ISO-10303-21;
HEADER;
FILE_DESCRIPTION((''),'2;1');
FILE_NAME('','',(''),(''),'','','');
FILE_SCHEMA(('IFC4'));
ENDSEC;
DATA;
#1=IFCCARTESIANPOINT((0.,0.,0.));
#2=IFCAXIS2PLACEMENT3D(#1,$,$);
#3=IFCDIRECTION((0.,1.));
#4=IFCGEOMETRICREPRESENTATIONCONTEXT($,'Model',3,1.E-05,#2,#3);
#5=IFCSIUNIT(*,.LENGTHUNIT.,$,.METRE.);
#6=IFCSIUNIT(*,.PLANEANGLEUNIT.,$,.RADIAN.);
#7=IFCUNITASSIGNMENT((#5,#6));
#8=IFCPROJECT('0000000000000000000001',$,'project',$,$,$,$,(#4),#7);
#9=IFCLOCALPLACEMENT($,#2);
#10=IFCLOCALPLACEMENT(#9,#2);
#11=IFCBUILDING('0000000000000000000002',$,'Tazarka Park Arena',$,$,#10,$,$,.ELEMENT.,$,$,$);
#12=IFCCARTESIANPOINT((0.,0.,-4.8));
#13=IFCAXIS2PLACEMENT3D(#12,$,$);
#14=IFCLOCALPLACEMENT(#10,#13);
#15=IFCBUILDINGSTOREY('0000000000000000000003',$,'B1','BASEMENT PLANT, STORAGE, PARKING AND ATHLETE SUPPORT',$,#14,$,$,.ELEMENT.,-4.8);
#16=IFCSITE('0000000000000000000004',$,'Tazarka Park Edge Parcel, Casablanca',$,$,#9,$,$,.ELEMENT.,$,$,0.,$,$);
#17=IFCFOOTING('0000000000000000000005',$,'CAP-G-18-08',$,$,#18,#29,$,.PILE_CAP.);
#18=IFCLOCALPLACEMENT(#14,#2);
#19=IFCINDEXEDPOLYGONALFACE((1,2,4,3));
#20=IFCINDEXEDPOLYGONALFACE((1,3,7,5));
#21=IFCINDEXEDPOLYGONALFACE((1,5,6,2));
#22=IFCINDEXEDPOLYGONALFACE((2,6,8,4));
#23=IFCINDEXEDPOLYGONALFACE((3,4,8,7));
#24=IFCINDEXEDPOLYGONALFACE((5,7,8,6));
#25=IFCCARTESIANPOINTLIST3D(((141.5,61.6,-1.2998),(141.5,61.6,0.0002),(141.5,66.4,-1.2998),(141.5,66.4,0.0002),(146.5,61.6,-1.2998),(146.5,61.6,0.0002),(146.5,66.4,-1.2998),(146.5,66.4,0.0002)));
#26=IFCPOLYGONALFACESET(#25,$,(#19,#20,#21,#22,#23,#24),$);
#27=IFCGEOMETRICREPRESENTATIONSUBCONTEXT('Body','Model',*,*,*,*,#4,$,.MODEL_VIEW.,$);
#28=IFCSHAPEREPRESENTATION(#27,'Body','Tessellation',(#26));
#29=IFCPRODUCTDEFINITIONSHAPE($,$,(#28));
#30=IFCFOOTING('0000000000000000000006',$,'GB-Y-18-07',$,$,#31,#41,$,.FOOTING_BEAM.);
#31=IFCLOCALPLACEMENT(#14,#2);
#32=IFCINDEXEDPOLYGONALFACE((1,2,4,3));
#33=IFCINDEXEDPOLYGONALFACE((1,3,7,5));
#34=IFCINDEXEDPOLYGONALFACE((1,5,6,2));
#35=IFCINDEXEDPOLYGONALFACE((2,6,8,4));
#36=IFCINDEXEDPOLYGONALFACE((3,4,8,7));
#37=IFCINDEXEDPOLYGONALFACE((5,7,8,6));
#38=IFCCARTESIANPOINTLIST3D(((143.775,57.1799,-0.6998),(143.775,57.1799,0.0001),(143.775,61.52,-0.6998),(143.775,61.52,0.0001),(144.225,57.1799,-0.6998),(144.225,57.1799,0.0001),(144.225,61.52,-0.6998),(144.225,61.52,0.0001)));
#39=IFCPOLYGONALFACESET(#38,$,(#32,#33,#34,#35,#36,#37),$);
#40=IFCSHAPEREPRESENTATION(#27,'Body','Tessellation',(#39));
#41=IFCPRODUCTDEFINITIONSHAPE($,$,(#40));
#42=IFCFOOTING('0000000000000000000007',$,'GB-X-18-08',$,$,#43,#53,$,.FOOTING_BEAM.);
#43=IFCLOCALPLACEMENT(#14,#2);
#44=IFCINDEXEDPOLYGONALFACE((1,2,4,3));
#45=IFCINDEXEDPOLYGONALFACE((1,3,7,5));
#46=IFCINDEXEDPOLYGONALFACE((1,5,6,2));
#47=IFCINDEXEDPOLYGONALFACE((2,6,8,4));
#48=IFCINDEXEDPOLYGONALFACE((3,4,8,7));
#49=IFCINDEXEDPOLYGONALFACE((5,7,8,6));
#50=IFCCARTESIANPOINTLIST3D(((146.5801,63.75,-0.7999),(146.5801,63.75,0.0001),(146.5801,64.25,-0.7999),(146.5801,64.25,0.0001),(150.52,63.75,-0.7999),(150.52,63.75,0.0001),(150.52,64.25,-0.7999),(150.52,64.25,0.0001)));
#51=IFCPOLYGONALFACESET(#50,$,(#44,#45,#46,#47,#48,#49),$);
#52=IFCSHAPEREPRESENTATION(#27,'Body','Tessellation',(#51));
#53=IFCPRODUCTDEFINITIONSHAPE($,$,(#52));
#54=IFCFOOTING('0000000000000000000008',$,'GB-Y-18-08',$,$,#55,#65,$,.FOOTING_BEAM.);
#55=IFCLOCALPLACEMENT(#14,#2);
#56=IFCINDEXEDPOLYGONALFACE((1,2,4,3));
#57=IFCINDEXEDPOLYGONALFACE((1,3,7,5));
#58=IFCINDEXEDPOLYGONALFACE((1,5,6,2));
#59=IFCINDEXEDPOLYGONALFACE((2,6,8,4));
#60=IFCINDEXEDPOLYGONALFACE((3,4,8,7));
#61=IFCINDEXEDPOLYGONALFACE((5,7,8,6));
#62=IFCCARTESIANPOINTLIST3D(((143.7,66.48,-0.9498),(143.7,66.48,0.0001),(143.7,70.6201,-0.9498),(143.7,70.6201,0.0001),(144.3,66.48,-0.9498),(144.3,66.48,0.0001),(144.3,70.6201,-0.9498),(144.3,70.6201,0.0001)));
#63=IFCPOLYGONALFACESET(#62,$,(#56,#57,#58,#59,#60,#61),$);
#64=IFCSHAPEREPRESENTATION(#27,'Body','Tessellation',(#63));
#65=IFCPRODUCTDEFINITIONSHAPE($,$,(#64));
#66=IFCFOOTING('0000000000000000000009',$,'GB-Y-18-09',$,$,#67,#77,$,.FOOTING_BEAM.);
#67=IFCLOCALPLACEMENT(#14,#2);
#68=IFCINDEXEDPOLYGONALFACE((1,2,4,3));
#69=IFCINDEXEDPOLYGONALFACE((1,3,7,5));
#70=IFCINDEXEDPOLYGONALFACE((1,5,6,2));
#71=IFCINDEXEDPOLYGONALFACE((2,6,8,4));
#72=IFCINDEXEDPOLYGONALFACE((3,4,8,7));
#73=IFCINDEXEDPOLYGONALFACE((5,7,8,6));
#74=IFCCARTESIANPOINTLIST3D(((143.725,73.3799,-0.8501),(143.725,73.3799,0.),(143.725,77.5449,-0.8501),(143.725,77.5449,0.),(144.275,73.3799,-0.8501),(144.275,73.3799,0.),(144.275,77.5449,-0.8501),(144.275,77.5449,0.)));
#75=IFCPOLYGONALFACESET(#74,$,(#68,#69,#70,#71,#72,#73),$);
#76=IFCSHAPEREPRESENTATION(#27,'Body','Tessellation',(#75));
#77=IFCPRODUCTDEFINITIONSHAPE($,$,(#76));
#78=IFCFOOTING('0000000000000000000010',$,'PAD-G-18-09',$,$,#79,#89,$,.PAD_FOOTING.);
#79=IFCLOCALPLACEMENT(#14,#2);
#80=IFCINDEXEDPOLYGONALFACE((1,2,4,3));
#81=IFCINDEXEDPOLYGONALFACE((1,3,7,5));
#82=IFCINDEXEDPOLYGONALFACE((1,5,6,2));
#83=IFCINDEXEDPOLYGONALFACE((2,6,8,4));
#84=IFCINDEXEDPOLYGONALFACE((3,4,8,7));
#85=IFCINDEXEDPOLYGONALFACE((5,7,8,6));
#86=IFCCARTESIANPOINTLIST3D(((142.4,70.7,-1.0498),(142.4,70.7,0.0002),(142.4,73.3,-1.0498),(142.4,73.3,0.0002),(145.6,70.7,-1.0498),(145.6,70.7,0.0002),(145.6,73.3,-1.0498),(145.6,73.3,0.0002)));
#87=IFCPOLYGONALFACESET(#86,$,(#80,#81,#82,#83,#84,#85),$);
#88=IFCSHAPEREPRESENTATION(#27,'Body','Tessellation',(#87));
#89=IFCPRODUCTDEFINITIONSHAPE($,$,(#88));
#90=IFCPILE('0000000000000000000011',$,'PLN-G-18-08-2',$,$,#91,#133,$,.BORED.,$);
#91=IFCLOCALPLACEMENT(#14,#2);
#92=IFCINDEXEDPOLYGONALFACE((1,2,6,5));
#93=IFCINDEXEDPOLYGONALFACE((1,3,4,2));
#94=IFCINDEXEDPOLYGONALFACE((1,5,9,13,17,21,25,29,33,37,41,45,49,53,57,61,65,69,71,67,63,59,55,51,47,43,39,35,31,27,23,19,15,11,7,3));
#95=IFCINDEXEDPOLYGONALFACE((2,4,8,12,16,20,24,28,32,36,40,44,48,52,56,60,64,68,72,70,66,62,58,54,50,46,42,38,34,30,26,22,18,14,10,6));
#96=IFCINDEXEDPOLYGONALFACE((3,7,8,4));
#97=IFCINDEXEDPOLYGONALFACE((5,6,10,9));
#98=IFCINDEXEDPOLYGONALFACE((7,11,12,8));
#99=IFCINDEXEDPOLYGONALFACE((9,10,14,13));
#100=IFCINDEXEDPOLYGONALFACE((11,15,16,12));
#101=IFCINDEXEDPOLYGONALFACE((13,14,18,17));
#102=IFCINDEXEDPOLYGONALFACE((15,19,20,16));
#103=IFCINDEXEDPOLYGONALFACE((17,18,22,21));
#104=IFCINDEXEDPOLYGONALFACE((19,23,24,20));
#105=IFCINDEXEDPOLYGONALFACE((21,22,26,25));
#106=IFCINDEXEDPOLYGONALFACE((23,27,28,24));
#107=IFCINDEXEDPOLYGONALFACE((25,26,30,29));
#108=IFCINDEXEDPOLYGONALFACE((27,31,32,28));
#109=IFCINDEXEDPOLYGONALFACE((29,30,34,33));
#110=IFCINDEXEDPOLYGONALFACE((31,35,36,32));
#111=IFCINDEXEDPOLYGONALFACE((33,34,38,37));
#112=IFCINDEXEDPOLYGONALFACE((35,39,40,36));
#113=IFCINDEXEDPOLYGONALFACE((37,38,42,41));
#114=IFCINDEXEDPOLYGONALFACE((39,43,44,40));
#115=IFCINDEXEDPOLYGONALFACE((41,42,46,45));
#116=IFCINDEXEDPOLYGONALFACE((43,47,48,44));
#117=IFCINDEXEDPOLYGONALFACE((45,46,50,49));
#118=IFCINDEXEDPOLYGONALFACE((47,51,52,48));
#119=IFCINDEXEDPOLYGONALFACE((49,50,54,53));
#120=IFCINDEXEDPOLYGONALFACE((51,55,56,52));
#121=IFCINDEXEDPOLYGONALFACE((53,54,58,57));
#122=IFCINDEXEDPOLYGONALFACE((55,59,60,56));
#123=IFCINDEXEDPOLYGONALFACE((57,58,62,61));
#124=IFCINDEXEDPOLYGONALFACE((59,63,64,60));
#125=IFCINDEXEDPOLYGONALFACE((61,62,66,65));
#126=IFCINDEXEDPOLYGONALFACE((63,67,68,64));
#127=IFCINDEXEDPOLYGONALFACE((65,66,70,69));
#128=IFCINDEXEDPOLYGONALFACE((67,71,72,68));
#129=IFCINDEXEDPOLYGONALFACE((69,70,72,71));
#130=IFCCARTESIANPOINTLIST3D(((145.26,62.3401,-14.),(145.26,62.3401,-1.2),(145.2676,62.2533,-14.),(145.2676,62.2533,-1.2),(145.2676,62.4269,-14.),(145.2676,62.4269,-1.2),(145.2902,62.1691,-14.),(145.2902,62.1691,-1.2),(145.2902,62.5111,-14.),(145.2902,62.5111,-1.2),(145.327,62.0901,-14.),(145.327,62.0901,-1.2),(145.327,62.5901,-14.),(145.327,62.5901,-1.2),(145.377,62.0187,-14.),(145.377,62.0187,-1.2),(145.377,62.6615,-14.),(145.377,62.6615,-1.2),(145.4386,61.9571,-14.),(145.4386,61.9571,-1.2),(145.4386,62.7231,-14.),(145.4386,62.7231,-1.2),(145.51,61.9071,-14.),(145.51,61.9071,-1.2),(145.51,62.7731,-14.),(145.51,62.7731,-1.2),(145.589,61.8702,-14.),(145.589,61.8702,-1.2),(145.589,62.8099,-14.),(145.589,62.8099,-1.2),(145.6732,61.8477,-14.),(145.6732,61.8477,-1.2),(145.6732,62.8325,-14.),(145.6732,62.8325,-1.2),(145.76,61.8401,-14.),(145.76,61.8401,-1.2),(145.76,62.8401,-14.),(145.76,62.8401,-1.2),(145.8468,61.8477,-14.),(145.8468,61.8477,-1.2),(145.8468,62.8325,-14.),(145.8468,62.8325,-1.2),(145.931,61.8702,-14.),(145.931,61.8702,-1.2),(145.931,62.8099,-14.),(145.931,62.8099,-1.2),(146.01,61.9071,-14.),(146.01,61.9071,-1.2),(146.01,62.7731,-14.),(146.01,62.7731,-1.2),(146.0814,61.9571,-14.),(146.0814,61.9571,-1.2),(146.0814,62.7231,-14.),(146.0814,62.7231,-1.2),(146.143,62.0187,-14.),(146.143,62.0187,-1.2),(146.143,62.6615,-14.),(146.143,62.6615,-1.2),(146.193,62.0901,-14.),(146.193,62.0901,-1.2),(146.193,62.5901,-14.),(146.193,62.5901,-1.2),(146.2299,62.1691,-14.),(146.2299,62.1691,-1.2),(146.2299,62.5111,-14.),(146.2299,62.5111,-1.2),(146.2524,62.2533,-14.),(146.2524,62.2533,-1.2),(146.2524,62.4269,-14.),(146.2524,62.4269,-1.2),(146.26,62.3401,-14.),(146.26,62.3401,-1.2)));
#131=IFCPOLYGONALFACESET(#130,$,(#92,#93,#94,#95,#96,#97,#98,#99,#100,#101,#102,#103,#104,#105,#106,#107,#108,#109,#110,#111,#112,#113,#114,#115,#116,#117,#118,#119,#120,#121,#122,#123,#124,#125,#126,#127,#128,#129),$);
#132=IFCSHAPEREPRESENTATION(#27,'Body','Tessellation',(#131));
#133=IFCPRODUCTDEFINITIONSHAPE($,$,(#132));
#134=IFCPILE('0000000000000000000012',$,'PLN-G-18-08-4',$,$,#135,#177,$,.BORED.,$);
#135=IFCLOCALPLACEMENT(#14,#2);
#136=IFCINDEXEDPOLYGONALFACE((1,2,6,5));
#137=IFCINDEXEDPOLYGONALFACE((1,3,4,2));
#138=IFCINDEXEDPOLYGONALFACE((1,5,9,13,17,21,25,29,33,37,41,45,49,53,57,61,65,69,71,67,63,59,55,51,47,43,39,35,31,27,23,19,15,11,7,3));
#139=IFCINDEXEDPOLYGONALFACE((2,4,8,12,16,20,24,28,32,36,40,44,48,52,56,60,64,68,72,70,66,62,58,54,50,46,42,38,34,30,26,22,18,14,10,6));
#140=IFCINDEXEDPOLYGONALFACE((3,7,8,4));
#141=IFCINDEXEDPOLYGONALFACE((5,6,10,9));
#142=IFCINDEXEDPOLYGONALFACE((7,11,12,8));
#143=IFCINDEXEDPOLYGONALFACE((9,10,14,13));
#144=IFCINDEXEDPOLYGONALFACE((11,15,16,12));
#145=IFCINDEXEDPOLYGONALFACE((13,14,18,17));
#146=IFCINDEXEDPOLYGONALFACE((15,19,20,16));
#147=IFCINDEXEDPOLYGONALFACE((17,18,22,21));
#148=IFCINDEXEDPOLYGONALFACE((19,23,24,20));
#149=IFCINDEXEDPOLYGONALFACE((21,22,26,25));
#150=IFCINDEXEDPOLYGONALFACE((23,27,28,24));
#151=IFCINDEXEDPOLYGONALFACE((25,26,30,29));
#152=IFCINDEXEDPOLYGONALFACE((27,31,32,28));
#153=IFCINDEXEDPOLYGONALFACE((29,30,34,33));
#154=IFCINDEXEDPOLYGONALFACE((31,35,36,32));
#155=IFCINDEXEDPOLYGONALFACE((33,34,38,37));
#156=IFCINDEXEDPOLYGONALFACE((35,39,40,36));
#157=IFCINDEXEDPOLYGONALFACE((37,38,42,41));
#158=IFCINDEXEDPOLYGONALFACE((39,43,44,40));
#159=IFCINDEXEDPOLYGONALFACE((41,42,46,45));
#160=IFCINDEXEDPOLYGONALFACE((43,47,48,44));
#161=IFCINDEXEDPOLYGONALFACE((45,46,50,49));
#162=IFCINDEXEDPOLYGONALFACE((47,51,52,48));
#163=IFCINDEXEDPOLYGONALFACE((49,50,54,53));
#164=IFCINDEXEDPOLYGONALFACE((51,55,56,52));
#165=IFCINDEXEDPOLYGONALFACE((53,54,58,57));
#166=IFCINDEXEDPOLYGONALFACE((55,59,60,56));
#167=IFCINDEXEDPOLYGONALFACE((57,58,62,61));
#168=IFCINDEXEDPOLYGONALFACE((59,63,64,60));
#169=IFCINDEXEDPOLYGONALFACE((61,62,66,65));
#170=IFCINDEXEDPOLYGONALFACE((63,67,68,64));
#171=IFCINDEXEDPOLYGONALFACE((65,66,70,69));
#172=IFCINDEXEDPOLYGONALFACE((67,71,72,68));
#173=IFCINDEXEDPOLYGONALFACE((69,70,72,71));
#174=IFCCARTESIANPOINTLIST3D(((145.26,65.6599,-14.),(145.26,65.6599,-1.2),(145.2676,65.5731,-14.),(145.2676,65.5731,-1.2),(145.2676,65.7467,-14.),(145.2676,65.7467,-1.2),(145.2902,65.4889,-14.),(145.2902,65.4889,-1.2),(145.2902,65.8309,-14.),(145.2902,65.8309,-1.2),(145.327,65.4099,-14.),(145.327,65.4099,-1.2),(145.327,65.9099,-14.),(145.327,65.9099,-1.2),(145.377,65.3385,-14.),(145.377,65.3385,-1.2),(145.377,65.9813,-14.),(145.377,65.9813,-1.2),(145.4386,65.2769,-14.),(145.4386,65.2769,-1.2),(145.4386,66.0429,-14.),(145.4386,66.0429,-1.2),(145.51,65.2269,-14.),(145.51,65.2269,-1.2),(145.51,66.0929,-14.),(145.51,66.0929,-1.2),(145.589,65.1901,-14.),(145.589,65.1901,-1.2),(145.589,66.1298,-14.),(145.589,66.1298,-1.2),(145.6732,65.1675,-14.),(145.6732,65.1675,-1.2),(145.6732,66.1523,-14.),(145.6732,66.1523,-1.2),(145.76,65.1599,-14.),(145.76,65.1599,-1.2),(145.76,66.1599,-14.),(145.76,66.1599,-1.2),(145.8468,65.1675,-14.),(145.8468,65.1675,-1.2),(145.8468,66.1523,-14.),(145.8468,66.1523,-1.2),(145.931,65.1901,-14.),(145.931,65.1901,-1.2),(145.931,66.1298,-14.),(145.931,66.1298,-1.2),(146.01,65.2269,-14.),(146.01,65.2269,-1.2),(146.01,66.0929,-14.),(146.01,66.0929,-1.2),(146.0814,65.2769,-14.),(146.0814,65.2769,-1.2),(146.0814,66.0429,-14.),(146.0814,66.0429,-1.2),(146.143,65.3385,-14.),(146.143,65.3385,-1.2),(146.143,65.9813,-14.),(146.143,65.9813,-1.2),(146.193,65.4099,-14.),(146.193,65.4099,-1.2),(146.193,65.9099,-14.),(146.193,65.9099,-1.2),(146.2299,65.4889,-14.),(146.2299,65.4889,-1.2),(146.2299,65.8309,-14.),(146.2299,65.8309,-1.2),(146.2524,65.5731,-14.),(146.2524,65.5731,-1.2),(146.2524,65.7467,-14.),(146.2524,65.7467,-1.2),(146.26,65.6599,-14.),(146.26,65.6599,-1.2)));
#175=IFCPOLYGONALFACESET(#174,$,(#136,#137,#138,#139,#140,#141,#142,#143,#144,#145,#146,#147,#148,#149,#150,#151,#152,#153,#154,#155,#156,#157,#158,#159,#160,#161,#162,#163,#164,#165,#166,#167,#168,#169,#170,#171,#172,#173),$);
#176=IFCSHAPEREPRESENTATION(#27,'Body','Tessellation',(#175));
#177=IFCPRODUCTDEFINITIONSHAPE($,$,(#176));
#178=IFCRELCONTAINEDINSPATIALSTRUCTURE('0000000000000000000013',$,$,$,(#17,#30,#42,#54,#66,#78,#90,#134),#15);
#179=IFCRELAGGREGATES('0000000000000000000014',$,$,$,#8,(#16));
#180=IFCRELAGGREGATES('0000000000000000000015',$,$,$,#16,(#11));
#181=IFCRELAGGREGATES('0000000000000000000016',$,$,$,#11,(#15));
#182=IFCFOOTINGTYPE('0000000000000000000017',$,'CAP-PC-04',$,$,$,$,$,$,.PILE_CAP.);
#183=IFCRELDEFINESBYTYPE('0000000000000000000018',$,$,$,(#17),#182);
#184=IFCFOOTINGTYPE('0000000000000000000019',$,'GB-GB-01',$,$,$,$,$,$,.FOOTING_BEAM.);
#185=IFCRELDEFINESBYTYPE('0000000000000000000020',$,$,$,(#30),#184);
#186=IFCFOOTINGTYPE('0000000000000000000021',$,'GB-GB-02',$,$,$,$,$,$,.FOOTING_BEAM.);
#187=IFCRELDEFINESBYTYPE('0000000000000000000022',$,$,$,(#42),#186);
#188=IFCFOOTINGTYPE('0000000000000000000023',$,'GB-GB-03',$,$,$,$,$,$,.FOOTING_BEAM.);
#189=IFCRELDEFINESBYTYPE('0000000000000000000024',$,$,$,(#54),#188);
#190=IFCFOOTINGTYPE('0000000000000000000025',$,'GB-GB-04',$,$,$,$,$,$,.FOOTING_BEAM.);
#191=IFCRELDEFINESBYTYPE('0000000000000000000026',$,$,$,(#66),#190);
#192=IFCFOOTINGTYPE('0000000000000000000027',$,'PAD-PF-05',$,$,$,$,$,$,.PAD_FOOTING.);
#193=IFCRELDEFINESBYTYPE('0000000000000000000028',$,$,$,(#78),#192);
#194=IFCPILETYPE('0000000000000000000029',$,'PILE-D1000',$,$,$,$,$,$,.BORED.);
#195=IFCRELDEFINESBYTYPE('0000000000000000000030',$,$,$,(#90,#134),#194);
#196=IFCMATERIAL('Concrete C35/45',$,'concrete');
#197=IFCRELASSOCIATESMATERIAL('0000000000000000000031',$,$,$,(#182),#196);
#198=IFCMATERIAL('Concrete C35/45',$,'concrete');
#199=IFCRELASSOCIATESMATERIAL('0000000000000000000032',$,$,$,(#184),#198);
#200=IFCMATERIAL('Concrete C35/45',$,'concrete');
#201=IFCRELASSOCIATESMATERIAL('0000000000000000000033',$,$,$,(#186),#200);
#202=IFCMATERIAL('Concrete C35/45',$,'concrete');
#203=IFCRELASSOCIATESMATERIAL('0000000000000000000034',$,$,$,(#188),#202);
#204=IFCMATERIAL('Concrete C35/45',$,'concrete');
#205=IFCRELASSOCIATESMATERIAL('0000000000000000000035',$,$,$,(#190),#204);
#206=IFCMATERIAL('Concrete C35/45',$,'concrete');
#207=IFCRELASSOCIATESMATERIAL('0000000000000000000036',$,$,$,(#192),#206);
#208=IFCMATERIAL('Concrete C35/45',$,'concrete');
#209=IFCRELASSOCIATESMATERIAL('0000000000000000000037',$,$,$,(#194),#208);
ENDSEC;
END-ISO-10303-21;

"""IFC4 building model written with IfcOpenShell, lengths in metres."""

from ifc_helpers import new_model, si_unit, direction, frame, origin, origin_2d, place, context, subcontext, project, spatial, rectangle, circle, extrude, material, material_profile, profile_set, type_object, element, save


model = new_model("IFC4")

# Units and contexts
model_context = context("Model", 3, precision=1e-05, world=origin(), true_north=direction((0.0, 1.0)))
body_context = subcontext(model_context, "Body", "Model", "MODEL_VIEW")
ifc_project = project(units=[si_unit("LENGTHUNIT", "METRE"), si_unit("PLANEANGLEUNIT", "RADIAN")], contexts=[model_context])

# Site, building, storey
site_placement = place(None, origin())
site = spatial("IfcSite", under=ifc_project, at=site_placement, Name="Tazarka Park Edge Parcel, Casablanca", CompositionType="ELEMENT", RefElevation=0.0)
building_placement = place(site_placement, origin())
building = spatial("IfcBuilding", under=site, at=building_placement, Name="Tazarka Park Arena", CompositionType="ELEMENT")
storey_placement = place(building_placement, frame((0.0, 0.0, -4.8)))
storey = spatial("IfcBuildingStorey", under=building, at=storey_placement, Name="B1", Description="BASEMENT PLANT, STORAGE, PARKING AND ATHLETE SUPPORT", CompositionType="ELEMENT", Elevation=-4.8)

# Footings
ifc_material_1 = material(Name="Concrete C35/45", Category="concrete")
footing_type_1 = type_object("IfcFootingType", Name="CAP-PC-04", PredefinedType="PILE_CAP", material=ifc_material_1)
footing_1_placement = place(storey_placement, frame((144.0, 64.0, -1.2998), z_axis=(0.0, 0.0, 1.0), x_axis=(1.0, 0.0, 0.0)))
element("IfcFooting", 1, at=footing_1_placement, inside=storey, type_object=footing_type_1, Name="CAP-G-18-08", PredefinedType="PILE_CAP", context=body_context, shape_type="SweptSolid", body=[
    extrude(rectangle(XDim=5.0, YDim=4.8, at=origin_2d()), origin(), (0.0, 0.0, 1.0), 1.3),
])
ifc_material_2 = material(Name="Concrete C35/45", Category="concrete")
ifc_material_profile_1 = material_profile(ifc_material_2, rectangle(XDim=0.45, YDim=0.7, at=origin_2d()), Name="Concrete C35/45")
ifc_profile_set_1 = profile_set([ifc_material_profile_1], Name="Concrete C35/45")
footing_type_2 = type_object("IfcFootingType", Name="GB-GB-01", PredefinedType="FOOTING_BEAM", material=ifc_profile_set_1)
footing_2_placement = place(storey_placement, frame((144.0, 57.1799, -0.3499), z_axis=(0.0, 1.0, 0.0), x_axis=(-1.0, 0.0, 0.0)))
element("IfcFooting", 2, at=footing_2_placement, inside=storey, type_object=footing_type_2, Name="GB-Y-18-07", PredefinedType="FOOTING_BEAM", context=body_context, shape_type="SweptSolid", body=[
    extrude(rectangle(XDim=0.45, YDim=0.7, at=origin_2d()), origin(), (0.0, 0.0, 1.0), 4.3401),
])
ifc_material_3 = material(Name="Concrete C35/45", Category="concrete")
ifc_material_profile_2 = material_profile(ifc_material_3, rectangle(XDim=0.5, YDim=0.8, at=origin_2d()), Name="Concrete C35/45")
ifc_profile_set_2 = profile_set([ifc_material_profile_2], Name="Concrete C35/45")
footing_type_3 = type_object("IfcFootingType", Name="GB-GB-02", PredefinedType="FOOTING_BEAM", material=ifc_profile_set_2)
footing_3_placement = place(storey_placement, frame((146.5801, 64.0, -0.3999), z_axis=(1.0, 0.0, 0.0), x_axis=(0.0, 1.0, 0.0)))
element("IfcFooting", 3, at=footing_3_placement, inside=storey, type_object=footing_type_3, Name="GB-X-18-08", PredefinedType="FOOTING_BEAM", context=body_context, shape_type="SweptSolid", body=[
    extrude(rectangle(XDim=0.5, YDim=0.8, at=origin_2d()), origin(), (0.0, 0.0, 1.0), 3.9399),
])
ifc_material_4 = material(Name="Concrete C35/45", Category="concrete")
ifc_material_profile_3 = material_profile(ifc_material_4, rectangle(XDim=0.6001, YDim=0.95, at=origin_2d()), Name="Concrete C35/45")
ifc_profile_set_3 = profile_set([ifc_material_profile_3], Name="Concrete C35/45")
footing_type_4 = type_object("IfcFootingType", Name="GB-GB-03", PredefinedType="FOOTING_BEAM", material=ifc_profile_set_3)
footing_4_placement = place(storey_placement, frame((144.0, 66.48, -0.4749), z_axis=(0.0, 1.0, 0.0), x_axis=(-1.0, 0.0, 0.0)))
element("IfcFooting", 4, at=footing_4_placement, inside=storey, type_object=footing_type_4, Name="GB-Y-18-08", PredefinedType="FOOTING_BEAM", context=body_context, shape_type="SweptSolid", body=[
    extrude(rectangle(XDim=0.6001, YDim=0.95, at=origin_2d()), origin(), (0.0, 0.0, 1.0), 4.1401),
])
ifc_material_5 = material(Name="Concrete C35/45", Category="concrete")
ifc_material_profile_4 = material_profile(ifc_material_5, rectangle(XDim=0.55, YDim=0.8501, at=origin_2d()), Name="Concrete C35/45")
ifc_profile_set_4 = profile_set([ifc_material_profile_4], Name="Concrete C35/45")
footing_type_5 = type_object("IfcFootingType", Name="GB-GB-04", PredefinedType="FOOTING_BEAM", material=ifc_profile_set_4)
footing_5_placement = place(storey_placement, frame((144.0, 73.3799, -0.425), z_axis=(0.0, 1.0, 0.0), x_axis=(-1.0, 0.0, 0.0)))
element("IfcFooting", 5, at=footing_5_placement, inside=storey, type_object=footing_type_5, Name="GB-Y-18-09", PredefinedType="FOOTING_BEAM", context=body_context, shape_type="SweptSolid", body=[
    extrude(rectangle(XDim=0.55, YDim=0.8501, at=origin_2d()), origin(), (0.0, 0.0, 1.0), 4.165),
])
ifc_material_6 = material(Name="Concrete C35/45", Category="concrete")
footing_type_6 = type_object("IfcFootingType", Name="PAD-PF-05", PredefinedType="PAD_FOOTING", material=ifc_material_6)
footing_6_placement = place(storey_placement, frame((144.0, 72.0, -1.0498), z_axis=(0.0, 0.0, 1.0), x_axis=(1.0, 0.0, 0.0)))
element("IfcFooting", 6, at=footing_6_placement, inside=storey, type_object=footing_type_6, Name="PAD-G-18-09", PredefinedType="PAD_FOOTING", context=body_context, shape_type="SweptSolid", body=[
    extrude(rectangle(XDim=3.2, YDim=2.6001, at=origin_2d()), origin(), (0.0, 0.0, 1.0), 1.05),
])

# Piles
ifc_material_7 = material(Name="Concrete C35/45", Category="concrete")
ifc_material_profile_5 = material_profile(ifc_material_7, circle(Radius=0.5, at=origin_2d()), Name="Concrete C35/45")
ifc_profile_set_5 = profile_set([ifc_material_profile_5], Name="Concrete C35/45")
pile_type = type_object("IfcPileType", Name="PILE-D1000", PredefinedType="BORED", material=ifc_profile_set_5)
for number, where, z_axis, x_axis, name in (
    (7, (145.76, 62.3401, -1.2), (0.0, 0.0, -1.0), (1.0, 0.0, 0.0), "PLN-G-18-08-2"),
    (8, (145.76, 65.6599, -1.2), (0.0, 0.0, -1.0), (1.0, 0.0, 0.0), "PLN-G-18-08-4"),
):
    element("IfcPile", number, at=place(storey_placement, frame(where, z_axis=z_axis, x_axis=x_axis)), inside=storey, type_object=pile_type, Name=name, PredefinedType="BORED", context=body_context, shape_type="SweptSolid", body=[
        extrude(circle(Radius=0.5, at=origin_2d()), origin(), (0.0, 0.0, 1.0), 12.8),
    ])

save(model, "model.ifc")
